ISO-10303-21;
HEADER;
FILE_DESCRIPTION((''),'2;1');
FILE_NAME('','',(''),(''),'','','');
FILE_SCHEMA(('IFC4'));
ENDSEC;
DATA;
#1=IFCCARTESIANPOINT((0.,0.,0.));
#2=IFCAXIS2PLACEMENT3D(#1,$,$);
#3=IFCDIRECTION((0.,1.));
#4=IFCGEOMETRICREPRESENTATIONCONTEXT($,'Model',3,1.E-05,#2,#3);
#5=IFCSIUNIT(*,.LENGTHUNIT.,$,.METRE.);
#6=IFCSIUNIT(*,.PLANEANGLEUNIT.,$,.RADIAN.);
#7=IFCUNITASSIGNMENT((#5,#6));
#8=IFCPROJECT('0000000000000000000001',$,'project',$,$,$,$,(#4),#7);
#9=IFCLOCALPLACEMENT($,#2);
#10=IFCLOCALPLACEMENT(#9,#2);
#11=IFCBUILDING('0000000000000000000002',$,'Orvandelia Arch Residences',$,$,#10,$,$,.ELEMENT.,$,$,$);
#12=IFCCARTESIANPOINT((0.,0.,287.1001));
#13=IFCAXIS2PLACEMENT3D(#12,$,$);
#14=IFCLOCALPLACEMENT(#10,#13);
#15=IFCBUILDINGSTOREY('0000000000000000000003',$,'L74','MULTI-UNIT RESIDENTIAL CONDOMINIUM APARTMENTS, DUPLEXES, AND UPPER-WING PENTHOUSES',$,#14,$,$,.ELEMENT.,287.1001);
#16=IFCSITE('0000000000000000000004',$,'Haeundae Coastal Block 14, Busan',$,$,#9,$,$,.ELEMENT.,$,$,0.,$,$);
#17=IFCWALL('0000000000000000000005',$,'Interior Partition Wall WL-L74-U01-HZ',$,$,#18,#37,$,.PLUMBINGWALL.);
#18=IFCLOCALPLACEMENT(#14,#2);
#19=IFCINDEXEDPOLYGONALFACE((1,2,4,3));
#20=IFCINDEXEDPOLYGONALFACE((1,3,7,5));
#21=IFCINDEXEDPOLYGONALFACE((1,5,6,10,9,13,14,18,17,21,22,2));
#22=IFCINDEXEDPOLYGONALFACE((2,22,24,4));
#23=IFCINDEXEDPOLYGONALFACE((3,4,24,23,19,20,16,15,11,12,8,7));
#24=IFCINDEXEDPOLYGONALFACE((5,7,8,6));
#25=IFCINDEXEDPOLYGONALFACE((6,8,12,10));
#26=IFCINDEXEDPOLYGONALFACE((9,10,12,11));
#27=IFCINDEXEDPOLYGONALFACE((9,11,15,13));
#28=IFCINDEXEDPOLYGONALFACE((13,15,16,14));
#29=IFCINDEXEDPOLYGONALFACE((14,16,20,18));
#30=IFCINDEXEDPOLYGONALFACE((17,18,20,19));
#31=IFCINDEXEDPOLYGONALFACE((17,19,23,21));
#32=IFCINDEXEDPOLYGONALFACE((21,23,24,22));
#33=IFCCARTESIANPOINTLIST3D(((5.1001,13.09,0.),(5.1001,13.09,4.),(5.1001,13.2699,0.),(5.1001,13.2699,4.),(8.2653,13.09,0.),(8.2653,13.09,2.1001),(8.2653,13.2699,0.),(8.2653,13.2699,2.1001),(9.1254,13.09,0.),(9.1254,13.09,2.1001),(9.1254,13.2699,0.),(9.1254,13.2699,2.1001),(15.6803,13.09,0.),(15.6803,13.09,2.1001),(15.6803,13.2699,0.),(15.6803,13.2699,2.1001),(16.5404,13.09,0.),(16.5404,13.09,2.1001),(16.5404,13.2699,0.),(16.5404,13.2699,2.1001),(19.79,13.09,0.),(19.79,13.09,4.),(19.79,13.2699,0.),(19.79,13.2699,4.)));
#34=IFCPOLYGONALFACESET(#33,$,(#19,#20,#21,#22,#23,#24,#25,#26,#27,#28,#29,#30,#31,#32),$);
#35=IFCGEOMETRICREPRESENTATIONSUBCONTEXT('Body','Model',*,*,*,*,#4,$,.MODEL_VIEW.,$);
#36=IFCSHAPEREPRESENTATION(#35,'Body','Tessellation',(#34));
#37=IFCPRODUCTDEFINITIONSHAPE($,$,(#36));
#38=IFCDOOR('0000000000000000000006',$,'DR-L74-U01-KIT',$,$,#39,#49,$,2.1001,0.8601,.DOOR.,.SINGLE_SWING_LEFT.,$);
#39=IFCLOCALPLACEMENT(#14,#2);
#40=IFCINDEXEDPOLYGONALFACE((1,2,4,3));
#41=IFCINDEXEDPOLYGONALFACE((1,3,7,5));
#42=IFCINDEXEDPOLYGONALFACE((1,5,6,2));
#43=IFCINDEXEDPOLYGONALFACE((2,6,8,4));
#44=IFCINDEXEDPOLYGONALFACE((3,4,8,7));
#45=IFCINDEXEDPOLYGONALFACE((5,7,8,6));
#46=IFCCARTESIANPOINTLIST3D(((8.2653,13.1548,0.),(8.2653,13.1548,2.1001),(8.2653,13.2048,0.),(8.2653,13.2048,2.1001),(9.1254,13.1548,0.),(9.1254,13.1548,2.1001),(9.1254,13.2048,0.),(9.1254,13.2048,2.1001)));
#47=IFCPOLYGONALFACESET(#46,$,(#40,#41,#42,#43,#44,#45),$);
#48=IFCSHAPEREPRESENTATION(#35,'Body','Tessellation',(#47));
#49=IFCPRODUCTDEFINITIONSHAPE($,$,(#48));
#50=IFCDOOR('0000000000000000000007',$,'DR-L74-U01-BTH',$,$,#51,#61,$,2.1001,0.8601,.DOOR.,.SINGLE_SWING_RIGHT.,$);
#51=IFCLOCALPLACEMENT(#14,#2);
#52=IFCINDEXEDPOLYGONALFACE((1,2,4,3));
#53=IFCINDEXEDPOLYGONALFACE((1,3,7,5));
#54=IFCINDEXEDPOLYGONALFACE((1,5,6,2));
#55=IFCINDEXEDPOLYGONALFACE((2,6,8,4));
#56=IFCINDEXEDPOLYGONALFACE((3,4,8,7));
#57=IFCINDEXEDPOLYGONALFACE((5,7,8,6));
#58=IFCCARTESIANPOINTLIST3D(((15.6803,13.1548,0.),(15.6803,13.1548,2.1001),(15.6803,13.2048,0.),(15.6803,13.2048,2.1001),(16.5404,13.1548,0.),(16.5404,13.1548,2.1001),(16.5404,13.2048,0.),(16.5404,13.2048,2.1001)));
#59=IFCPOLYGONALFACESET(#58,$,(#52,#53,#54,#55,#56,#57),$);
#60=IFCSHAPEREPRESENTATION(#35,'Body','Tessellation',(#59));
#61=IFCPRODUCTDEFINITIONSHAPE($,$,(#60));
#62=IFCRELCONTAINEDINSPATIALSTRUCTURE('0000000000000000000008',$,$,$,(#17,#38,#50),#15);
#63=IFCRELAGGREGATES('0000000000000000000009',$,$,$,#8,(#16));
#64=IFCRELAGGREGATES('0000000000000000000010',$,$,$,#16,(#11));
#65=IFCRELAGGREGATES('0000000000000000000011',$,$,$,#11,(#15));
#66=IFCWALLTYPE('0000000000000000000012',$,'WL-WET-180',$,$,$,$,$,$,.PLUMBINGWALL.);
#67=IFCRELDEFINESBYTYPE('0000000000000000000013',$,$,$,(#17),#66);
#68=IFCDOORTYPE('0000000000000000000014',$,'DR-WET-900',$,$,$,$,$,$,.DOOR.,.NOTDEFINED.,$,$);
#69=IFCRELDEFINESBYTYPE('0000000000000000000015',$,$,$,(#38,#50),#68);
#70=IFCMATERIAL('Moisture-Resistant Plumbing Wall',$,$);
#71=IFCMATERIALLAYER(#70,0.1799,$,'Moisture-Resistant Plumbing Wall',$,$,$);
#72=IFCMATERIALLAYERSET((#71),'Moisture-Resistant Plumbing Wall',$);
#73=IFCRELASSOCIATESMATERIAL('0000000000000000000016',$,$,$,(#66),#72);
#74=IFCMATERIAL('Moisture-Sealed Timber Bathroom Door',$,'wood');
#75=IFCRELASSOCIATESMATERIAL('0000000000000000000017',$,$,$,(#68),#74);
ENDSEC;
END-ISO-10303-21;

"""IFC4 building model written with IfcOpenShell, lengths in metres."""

from ifc_helpers import new_model, si_unit, direction, frame, frame_2d, origin, place, context, subcontext, project, spatial, rectangle, extrude, material, layer, layer_set, type_object, element, fill, save


model = new_model("IFC4")

# Units and contexts
model_context = context("Model", 3, precision=1e-05, world=origin(), true_north=direction((0.0, 1.0)))
body_context = subcontext(model_context, "Body", "Model", "MODEL_VIEW")
ifc_project = project(units=[si_unit("LENGTHUNIT", "METRE"), si_unit("PLANEANGLEUNIT", "RADIAN")], contexts=[model_context])

# Site, building, storey
site_placement = place(None, origin())
site = spatial("IfcSite", under=ifc_project, at=site_placement, Name="Haeundae Coastal Block 14, Busan", CompositionType="ELEMENT", RefElevation=0.0)
building_placement = place(site_placement, origin())
building = spatial("IfcBuilding", under=site, at=building_placement, Name="Orvandelia Arch Residences", CompositionType="ELEMENT")
storey_placement = place(building_placement, frame((0.0, 0.0, 287.1001)))
storey = spatial("IfcBuildingStorey", under=building, at=storey_placement, Name="L74", Description="MULTI-UNIT RESIDENTIAL CONDOMINIUM APARTMENTS, DUPLEXES, AND UPPER-WING PENTHOUSES", CompositionType="ELEMENT", Elevation=287.1001)

# Wall, openings, doors
ifc_material_1 = material(Name="Moisture-Resistant Plumbing Wall")
ifc_layer_1 = layer(ifc_material_1, 0.1799, Name="Moisture-Resistant Plumbing Wall")
ifc_layer_set_1 = layer_set([ifc_layer_1], Name="Moisture-Resistant Plumbing Wall")
wall_type_1 = type_object("IfcWallType", Name="WL-WET-180", PredefinedType="PLUMBINGWALL", material=ifc_layer_set_1)
wall_1_placement = place(storey_placement, frame((5.1001, 13.1799, 0.0), z_axis=(0.0, 0.0, 1.0), x_axis=(1.0, 0.0, 0.0)))
wall_1 = element("IfcWall", 1, at=wall_1_placement, inside=storey, type_object=wall_type_1, Name="Interior Partition Wall WL-L74-U01-HZ", PredefinedType="PLUMBINGWALL", context=body_context, shape_type="SweptSolid", body=[
    extrude(rectangle(XDim=14.6899, YDim=0.1799, at=frame_2d((7.345, 0.0))), origin(), (0.0, 0.0, 1.0), 4.0),
])
opening_1_placement = place(wall_1_placement, frame((3.165, 0.0, 0.0)))
opening_1 = element("IfcOpeningElement", 2, at=opening_1_placement, cuts=wall_1, PredefinedType="OPENING", context=body_context, shape_type="SweptSolid", body=[
    extrude(rectangle(XDim=0.8601, YDim=2.1001, at=frame_2d((0.4302, 1.05))), frame((0.0, 0.1001, 0.0), z_axis=(0.0, -1.0, 0.0), x_axis=(1.0, 0.0, 0.0)), (0.0, 0.0, 1.0), 0.2),
])
opening_2_placement = place(wall_1_placement, frame((10.5801, 0.0, 0.0)))
opening_2 = element("IfcOpeningElement", 3, at=opening_2_placement, cuts=wall_1, PredefinedType="OPENING", context=body_context, shape_type="SweptSolid", body=[
    extrude(rectangle(XDim=0.8601, YDim=2.1001, at=frame_2d((0.4302, 1.05))), frame((0.0, 0.1001, 0.0), z_axis=(0.0, -1.0, 0.0), x_axis=(1.0, 0.0, 0.0)), (0.0, 0.0, 1.0), 0.2),
])
ifc_material_2 = material(Name="Moisture-Sealed Timber Bathroom Door", Category="wood")
door_type_1 = type_object("IfcDoorType", Name="DR-WET-900", OperationType="NOTDEFINED", PredefinedType="DOOR", material=ifc_material_2)
door_1_placement = place(opening_1_placement, origin())
door_1 = element("IfcDoor", 4, at=door_1_placement, inside=storey, type_object=door_type_1, Name="DR-L74-U01-KIT", OperationType="SINGLE_SWING_LEFT", OverallHeight=2.1001, OverallWidth=0.8601, PredefinedType="DOOR", context=body_context, shape_type="SweptSolid", body=[
    extrude(rectangle(XDim=0.8601, YDim=2.1001, at=frame_2d((0.4302, 1.05))), frame((0.0, 0.0249, 0.0), z_axis=(0.0, -1.0, 0.0), x_axis=(1.0, 0.0, 0.0)), (0.0, 0.0, 1.0), 0.05),
])
fill(opening_1, door_1)
door_2_placement = place(opening_2_placement, origin())
door_2 = element("IfcDoor", 5, at=door_2_placement, inside=storey, type_object=door_type_1, Name="DR-L74-U01-BTH", OperationType="SINGLE_SWING_RIGHT", OverallHeight=2.1001, OverallWidth=0.8601, PredefinedType="DOOR", context=body_context, shape_type="SweptSolid", body=[
    extrude(rectangle(XDim=0.8601, YDim=2.1001, at=frame_2d((0.4302, 1.05))), frame((0.0, 0.0249, 0.0), z_axis=(0.0, -1.0, 0.0), x_axis=(1.0, 0.0, 0.0)), (0.0, 0.0, 1.0), 0.05),
])
fill(opening_2, door_2)

save(model, "model.ifc")
